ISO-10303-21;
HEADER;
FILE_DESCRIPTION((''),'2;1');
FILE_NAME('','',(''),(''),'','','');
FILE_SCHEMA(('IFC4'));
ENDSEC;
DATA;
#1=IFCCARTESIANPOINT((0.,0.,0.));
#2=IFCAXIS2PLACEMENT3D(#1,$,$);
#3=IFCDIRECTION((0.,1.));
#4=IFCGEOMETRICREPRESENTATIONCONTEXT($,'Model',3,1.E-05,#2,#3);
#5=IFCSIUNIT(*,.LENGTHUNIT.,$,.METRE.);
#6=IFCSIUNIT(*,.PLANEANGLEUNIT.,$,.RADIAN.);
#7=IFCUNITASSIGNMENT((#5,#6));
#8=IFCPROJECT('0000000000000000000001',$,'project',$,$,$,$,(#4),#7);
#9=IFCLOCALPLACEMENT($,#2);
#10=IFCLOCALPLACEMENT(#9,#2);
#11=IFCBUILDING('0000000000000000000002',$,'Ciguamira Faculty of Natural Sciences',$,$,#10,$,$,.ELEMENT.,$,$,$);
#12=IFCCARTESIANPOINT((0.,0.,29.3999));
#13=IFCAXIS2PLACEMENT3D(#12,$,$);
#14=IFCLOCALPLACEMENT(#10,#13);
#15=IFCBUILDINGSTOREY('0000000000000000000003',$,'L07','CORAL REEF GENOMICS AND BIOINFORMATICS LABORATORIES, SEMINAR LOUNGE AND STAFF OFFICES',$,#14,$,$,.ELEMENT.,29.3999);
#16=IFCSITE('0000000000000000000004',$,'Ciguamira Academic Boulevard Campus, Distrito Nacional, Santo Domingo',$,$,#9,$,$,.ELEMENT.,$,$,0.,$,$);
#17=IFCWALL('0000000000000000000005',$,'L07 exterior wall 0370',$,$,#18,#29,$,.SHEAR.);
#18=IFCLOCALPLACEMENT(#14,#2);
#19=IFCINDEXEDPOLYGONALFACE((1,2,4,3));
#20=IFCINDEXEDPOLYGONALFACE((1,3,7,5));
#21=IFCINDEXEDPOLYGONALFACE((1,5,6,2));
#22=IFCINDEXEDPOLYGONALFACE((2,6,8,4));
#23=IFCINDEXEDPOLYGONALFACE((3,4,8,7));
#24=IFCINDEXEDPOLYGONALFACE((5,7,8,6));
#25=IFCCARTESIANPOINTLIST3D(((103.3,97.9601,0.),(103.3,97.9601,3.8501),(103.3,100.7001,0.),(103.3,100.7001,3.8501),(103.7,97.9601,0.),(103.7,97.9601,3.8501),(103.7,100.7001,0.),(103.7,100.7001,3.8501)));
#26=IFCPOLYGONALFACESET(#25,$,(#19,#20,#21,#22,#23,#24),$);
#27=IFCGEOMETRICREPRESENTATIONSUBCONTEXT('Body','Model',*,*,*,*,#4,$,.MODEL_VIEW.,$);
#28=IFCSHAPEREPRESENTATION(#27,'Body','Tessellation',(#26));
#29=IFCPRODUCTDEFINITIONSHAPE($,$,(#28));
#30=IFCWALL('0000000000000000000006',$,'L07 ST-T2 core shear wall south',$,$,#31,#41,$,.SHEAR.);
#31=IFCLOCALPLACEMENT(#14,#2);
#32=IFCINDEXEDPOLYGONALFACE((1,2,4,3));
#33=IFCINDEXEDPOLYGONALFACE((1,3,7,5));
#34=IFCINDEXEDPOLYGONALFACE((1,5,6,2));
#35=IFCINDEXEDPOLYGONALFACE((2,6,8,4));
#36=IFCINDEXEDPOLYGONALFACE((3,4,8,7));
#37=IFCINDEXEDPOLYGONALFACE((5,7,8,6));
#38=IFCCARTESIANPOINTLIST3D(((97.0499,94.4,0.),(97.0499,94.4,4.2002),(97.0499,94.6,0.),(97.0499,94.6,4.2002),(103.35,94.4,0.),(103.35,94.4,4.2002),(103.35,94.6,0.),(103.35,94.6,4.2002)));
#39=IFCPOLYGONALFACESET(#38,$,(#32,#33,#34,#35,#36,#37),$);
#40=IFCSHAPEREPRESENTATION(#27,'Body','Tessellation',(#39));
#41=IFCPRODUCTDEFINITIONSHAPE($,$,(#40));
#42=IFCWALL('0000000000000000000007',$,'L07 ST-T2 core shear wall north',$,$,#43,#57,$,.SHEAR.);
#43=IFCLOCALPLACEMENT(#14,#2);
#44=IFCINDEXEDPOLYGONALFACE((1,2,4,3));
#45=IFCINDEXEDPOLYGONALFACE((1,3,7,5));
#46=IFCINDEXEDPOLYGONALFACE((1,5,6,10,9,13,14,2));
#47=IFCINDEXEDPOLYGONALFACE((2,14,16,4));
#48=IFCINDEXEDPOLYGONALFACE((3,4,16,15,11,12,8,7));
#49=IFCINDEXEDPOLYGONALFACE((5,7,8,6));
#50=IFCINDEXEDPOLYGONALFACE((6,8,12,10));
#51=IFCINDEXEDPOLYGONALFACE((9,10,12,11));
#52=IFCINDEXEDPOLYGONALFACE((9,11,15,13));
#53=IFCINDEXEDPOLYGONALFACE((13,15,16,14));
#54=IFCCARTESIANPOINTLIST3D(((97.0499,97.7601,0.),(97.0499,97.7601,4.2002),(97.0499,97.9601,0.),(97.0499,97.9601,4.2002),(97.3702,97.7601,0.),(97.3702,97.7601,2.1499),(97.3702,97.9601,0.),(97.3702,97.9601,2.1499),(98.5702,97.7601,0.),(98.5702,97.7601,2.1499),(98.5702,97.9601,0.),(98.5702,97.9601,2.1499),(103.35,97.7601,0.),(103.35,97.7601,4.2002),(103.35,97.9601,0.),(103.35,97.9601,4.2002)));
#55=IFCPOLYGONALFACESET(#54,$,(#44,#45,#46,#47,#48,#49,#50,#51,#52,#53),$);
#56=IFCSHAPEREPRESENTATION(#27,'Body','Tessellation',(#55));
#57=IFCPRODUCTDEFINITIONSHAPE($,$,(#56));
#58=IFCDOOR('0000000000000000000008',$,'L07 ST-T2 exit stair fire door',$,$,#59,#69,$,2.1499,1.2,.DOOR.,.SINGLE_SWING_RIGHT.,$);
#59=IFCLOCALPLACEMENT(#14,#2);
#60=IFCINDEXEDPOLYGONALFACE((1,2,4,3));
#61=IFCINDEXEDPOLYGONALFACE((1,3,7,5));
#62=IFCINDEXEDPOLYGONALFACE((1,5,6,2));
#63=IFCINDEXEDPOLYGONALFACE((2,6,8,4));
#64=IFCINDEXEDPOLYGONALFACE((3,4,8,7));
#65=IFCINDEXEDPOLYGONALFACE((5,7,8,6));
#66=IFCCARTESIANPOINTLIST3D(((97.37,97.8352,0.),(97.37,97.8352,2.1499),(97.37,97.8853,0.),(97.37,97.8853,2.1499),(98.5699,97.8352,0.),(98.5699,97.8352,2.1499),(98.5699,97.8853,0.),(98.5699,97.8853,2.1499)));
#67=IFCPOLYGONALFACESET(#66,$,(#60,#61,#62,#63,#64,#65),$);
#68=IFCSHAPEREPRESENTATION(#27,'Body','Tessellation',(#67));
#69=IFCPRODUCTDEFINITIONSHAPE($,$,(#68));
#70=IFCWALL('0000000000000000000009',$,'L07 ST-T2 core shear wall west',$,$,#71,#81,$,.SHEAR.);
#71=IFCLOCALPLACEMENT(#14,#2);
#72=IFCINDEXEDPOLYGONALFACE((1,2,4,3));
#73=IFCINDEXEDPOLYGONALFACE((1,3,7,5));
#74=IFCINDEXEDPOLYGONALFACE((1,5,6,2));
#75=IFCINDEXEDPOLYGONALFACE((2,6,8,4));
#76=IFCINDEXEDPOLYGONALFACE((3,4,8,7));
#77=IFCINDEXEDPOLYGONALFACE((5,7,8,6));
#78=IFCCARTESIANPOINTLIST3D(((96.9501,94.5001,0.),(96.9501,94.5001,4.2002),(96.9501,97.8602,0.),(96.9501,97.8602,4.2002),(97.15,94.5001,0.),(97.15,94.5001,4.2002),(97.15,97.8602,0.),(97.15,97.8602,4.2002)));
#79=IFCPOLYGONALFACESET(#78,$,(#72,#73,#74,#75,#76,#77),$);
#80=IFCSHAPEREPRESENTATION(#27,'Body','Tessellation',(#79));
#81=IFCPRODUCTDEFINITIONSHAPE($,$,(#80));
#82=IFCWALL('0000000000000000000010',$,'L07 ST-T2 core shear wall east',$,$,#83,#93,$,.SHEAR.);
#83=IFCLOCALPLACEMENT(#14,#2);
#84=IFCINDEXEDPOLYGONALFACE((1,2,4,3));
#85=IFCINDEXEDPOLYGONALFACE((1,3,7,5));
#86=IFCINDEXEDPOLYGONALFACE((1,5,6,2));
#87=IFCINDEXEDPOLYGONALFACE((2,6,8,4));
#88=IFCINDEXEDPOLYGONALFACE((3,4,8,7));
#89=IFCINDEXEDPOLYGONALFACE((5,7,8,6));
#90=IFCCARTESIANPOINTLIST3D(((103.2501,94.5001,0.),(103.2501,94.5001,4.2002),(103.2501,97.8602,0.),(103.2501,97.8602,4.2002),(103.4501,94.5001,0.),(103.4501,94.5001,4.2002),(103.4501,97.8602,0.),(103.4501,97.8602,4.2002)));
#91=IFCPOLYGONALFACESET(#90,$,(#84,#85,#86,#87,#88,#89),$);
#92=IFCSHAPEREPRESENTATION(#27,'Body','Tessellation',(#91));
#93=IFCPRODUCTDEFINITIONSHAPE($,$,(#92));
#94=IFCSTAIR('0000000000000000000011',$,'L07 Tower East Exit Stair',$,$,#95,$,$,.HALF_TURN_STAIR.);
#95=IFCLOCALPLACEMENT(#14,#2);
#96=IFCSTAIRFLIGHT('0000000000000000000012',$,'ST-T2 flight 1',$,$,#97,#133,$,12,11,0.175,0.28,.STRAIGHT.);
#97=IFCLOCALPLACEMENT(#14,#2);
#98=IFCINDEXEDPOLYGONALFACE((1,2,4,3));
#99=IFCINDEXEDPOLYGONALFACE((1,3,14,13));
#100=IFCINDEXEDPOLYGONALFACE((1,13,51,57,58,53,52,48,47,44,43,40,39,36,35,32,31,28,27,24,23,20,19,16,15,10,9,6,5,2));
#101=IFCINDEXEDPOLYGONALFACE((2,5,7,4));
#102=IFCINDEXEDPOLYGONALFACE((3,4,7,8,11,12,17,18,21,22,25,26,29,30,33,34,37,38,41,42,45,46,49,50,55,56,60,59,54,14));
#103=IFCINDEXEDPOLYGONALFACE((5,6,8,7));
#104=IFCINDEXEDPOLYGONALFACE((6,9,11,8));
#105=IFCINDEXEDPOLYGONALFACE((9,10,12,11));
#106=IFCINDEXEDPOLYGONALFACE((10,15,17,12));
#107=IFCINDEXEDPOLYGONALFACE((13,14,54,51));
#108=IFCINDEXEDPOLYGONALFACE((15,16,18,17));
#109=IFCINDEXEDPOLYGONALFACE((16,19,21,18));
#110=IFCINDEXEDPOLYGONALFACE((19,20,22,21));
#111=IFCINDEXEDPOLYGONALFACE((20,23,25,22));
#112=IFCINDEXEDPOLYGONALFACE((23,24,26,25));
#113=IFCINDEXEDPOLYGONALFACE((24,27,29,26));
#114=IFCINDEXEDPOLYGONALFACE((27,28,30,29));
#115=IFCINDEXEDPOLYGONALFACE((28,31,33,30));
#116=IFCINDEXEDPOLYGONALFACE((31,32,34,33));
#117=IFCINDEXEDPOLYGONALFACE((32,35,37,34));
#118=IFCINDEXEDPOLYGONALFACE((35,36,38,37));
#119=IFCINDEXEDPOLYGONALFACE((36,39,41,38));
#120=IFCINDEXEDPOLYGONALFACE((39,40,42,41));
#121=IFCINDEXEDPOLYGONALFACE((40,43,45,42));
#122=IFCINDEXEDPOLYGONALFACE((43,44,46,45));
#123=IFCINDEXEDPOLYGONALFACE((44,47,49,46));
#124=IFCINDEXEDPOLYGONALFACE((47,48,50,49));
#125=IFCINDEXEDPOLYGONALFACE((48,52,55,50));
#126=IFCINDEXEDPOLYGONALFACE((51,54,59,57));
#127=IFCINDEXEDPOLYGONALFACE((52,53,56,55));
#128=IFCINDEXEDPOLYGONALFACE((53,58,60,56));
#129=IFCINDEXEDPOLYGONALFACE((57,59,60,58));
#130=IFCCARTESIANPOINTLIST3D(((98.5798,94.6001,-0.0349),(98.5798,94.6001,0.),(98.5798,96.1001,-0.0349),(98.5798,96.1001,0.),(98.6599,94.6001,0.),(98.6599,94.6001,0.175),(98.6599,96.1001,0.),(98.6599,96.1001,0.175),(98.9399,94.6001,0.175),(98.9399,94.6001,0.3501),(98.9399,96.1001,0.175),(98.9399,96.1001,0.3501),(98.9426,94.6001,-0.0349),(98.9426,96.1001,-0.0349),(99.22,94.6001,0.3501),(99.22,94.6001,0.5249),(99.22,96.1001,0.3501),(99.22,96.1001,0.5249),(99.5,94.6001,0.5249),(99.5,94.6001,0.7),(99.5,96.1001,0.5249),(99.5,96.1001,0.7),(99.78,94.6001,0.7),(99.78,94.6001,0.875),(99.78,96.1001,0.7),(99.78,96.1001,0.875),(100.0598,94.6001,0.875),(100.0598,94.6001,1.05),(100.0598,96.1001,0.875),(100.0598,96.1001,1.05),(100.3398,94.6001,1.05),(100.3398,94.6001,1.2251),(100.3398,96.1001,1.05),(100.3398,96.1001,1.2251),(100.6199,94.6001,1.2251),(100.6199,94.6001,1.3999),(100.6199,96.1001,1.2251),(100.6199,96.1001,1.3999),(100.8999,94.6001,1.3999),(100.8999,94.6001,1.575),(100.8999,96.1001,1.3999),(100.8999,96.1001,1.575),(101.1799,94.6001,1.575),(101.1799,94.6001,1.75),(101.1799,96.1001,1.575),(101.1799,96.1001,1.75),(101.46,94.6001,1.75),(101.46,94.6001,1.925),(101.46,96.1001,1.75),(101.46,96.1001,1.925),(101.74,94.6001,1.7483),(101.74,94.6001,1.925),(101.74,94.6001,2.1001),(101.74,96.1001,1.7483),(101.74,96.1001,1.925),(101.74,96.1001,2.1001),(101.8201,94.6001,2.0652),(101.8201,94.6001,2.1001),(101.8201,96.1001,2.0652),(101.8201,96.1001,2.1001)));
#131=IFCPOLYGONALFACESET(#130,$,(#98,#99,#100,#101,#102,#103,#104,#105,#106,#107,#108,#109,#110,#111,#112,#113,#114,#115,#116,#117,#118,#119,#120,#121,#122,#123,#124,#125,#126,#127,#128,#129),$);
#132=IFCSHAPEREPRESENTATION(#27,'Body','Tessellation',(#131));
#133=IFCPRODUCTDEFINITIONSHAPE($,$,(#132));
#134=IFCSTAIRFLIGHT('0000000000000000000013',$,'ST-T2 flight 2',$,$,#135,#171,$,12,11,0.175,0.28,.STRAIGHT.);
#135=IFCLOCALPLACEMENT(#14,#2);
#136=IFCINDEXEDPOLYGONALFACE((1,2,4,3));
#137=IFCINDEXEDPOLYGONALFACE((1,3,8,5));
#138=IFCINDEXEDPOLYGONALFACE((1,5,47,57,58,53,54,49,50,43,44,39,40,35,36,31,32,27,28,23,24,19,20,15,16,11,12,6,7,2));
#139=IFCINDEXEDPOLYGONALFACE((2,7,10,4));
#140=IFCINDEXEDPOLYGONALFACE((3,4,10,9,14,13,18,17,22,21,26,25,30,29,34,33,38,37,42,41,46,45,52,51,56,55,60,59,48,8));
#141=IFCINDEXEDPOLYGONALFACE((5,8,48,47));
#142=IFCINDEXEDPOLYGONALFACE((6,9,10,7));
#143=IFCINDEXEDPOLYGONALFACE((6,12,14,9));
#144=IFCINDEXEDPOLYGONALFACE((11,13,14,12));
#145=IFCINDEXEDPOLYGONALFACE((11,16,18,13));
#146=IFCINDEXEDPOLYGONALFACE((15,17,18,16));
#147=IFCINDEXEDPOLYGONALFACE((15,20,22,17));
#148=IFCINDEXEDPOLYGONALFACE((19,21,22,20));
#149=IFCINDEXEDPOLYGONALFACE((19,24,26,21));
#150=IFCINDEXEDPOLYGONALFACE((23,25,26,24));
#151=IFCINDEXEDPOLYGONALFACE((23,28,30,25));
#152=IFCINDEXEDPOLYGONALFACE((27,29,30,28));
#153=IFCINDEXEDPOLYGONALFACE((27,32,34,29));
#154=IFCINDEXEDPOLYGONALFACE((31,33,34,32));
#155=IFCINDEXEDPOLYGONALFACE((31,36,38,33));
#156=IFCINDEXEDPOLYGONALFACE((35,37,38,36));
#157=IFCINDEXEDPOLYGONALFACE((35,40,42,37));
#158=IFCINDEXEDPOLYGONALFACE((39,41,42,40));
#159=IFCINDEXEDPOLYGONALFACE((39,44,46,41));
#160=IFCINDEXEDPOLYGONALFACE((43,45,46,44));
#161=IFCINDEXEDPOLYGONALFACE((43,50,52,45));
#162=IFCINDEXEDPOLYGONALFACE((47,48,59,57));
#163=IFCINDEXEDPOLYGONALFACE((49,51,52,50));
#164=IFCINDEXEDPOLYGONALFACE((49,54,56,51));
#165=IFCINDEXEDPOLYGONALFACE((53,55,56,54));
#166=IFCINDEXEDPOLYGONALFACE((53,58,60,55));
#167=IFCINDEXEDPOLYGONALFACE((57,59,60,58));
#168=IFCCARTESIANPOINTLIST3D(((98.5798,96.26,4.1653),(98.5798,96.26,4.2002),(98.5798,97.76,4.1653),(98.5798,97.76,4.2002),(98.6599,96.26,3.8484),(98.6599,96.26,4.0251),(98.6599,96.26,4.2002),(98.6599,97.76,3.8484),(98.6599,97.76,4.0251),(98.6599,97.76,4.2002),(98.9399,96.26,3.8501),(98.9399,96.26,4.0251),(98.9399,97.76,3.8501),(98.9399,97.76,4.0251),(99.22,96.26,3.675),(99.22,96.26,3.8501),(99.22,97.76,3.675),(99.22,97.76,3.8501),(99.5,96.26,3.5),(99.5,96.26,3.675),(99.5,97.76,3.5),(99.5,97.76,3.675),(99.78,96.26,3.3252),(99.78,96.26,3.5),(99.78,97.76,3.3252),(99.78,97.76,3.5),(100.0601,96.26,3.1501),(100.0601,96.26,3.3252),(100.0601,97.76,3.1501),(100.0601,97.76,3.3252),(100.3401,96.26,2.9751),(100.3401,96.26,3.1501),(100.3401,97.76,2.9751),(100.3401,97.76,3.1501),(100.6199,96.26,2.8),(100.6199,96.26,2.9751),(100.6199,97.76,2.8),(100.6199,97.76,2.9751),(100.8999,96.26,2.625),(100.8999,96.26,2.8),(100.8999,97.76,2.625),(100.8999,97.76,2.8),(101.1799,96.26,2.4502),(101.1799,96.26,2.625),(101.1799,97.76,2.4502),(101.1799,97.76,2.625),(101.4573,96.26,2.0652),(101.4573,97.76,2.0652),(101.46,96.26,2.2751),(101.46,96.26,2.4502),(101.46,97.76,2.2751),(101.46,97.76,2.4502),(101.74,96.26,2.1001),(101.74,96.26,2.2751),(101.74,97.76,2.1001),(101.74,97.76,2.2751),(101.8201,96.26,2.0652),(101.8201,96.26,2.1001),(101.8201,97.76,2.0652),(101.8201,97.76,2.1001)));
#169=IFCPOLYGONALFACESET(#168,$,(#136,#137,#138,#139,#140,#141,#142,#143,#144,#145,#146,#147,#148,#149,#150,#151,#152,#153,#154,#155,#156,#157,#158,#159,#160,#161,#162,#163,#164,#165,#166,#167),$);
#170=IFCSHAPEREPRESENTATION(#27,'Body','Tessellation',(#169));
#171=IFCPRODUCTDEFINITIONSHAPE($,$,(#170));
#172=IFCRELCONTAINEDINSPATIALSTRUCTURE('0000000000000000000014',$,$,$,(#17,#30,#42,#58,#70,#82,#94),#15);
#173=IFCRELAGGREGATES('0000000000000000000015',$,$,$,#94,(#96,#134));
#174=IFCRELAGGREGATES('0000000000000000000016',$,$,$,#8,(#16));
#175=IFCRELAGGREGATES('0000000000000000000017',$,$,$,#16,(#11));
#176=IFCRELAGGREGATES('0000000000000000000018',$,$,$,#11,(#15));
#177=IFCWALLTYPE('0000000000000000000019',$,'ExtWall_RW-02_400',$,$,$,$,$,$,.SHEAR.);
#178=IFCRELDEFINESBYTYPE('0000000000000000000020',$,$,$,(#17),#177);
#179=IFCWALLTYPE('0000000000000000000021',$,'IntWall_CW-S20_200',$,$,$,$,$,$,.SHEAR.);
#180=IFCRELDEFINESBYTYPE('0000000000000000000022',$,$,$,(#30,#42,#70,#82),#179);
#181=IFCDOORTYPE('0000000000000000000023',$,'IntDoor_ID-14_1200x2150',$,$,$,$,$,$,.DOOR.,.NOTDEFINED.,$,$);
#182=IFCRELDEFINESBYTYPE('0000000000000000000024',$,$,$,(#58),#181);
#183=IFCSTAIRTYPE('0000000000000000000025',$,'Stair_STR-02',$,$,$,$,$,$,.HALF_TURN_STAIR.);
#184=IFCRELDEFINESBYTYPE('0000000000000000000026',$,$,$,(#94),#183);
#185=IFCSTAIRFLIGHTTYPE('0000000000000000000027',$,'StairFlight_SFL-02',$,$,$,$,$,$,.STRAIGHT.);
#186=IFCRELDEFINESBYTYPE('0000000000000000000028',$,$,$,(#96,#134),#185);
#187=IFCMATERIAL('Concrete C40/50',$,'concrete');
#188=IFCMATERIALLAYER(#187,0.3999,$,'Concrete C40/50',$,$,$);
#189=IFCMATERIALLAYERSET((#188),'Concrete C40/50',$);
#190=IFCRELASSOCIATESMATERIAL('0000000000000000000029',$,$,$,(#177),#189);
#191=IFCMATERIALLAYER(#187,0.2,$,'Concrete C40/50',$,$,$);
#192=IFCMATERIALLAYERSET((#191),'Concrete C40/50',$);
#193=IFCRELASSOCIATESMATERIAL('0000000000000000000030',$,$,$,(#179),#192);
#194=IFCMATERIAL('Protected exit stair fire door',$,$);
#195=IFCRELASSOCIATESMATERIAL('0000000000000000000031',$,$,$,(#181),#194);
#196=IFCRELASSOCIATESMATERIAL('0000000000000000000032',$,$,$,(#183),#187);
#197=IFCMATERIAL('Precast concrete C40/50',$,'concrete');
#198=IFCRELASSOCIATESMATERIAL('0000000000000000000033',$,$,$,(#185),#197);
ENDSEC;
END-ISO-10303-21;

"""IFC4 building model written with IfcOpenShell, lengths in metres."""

from ifc_helpers import new_model, si_unit, direction, frame, frame_2d, origin, place, context, subcontext, project, spatial, polyline, rectangle, outline, extrude, material, layer, layer_set, type_object, element, fill, aggregate, save


model = new_model("IFC4")

# Units and contexts
model_context = context("Model", 3, precision=1e-05, world=origin(), true_north=direction((0.0, 1.0)))
body_context = subcontext(model_context, "Body", "Model", "MODEL_VIEW")
ifc_project = project(units=[si_unit("LENGTHUNIT", "METRE"), si_unit("PLANEANGLEUNIT", "RADIAN")], contexts=[model_context])

# Site, building, storey
site_placement = place(None, origin())
site = spatial("IfcSite", under=ifc_project, at=site_placement, Name="Ciguamira Academic Boulevard Campus, Distrito Nacional, Santo Domingo", CompositionType="ELEMENT", RefElevation=0.0)
building_placement = place(site_placement, origin())
building = spatial("IfcBuilding", under=site, at=building_placement, Name="Ciguamira Faculty of Natural Sciences", CompositionType="ELEMENT")
storey_placement = place(building_placement, frame((0.0, 0.0, 29.3999)))
storey = spatial("IfcBuildingStorey", under=building, at=storey_placement, Name="L07", Description="CORAL REEF GENOMICS AND BIOINFORMATICS LABORATORIES, SEMINAR LOUNGE AND STAFF OFFICES", CompositionType="ELEMENT", Elevation=29.3999)

# Shared definitions
ifc_material_1 = material(Name="Concrete C40/50", Category="concrete")

# Shared definitions
ifc_material_2 = material(Name="Precast concrete C40/50", Category="concrete")

# Walls
ifc_layer_1 = layer(ifc_material_1, 0.3999, Name="Concrete C40/50")
ifc_layer_set_1 = layer_set([ifc_layer_1], Name="Concrete C40/50")
wall_type_1 = type_object("IfcWallType", Name="ExtWall_RW-02_400", PredefinedType="SHEAR", material=ifc_layer_set_1)
wall_1_placement = place(storey_placement, frame((103.5, 97.96, 0.0), z_axis=(0.0, 0.0, 1.0), x_axis=(0.0, 1.0, 0.0)))
element("IfcWall", 1, at=wall_1_placement, inside=storey, type_object=wall_type_1, Name="L07 exterior wall 0370", PredefinedType="SHEAR", context=body_context, shape_type="SweptSolid", body=[
    extrude(rectangle(XDim=2.74, YDim=0.3999, at=frame_2d((1.3701, 0.0))), origin(), (0.0, 0.0, 1.0), 3.8501),
])
ifc_layer_2 = layer(ifc_material_1, 0.2, Name="Concrete C40/50")
ifc_layer_set_2 = layer_set([ifc_layer_2], Name="Concrete C40/50")
wall_type_2 = type_object("IfcWallType", Name="IntWall_CW-S20_200", PredefinedType="SHEAR", material=ifc_layer_set_2)
wall_2_placement = place(storey_placement, frame((97.05, 94.5, 0.0), z_axis=(0.0, 0.0, 1.0), x_axis=(1.0, 0.0, 0.0)))
element("IfcWall", 2, at=wall_2_placement, inside=storey, type_object=wall_type_2, Name="L07 ST-T2 core shear wall south", PredefinedType="SHEAR", context=body_context, shape_type="SweptSolid", body=[
    extrude(rectangle(XDim=6.3, YDim=0.2, at=frame_2d((3.1499, 0.0))), origin(), (0.0, 0.0, 1.0), 4.2002),
])

# Wall, opening, door
wall_3_placement = place(storey_placement, frame((97.05, 97.8601, 0.0), z_axis=(0.0, 0.0, 1.0), x_axis=(1.0, 0.0, 0.0)))
wall_3 = element("IfcWall", 3, at=wall_3_placement, inside=storey, type_object=wall_type_2, Name="L07 ST-T2 core shear wall north", PredefinedType="SHEAR", context=body_context, shape_type="SweptSolid", body=[
    extrude(rectangle(XDim=6.3, YDim=0.2, at=frame_2d((3.1499, 0.0))), origin(), (0.0, 0.0, 1.0), 4.2002),
])
opening_1_placement = place(wall_3_placement, frame((0.3201, 0.0, 0.0)))
opening_1 = element("IfcOpeningElement", 4, at=opening_1_placement, cuts=wall_3, PredefinedType="OPENING", context=body_context, shape_type="SweptSolid", body=[
    extrude(rectangle(XDim=1.2, YDim=2.1499, at=frame_2d((0.6001, 1.075))), frame((0.0, 0.1099, 0.0), z_axis=(0.0, -1.0, 0.0), x_axis=(1.0, 0.0, 0.0)), (0.0, 0.0, 1.0), 0.22),
])
ifc_material_3 = material(Name="Protected exit stair fire door")
door_type = type_object("IfcDoorType", Name="IntDoor_ID-14_1200x2150", OperationType="NOTDEFINED", PredefinedType="DOOR", material=ifc_material_3)
door_placement = place(opening_1_placement, frame((1.2, 0.0, 0.0), z_axis=(0.0, 0.0, 1.0), x_axis=(-1.0, 0.0, 0.0)))
door = element("IfcDoor", 5, at=door_placement, inside=storey, type_object=door_type, Name="L07 ST-T2 exit stair fire door", OperationType="SINGLE_SWING_RIGHT", OverallHeight=2.1499, OverallWidth=1.2, PredefinedType="DOOR", context=body_context, shape_type="SweptSolid", body=[
    extrude(rectangle(XDim=1.2, YDim=2.1499, at=frame_2d((0.6001, 1.075))), frame((0.0, 0.0249, 0.0), z_axis=(0.0, -1.0, 0.0), x_axis=(1.0, 0.0, 0.0)), (0.0, 0.0, 1.0), 0.05),
])
fill(opening_1, door)

# Walls
for number, where, z_axis, x_axis, name in (
    (6, (97.05, 94.5, 0.0), (0.0, 0.0, 1.0), (0.0, 1.0, 0.0), "L07 ST-T2 core shear wall west"),
    (7, (103.3501, 94.5, 0.0), (0.0, 0.0, 1.0), (0.0, 1.0, 0.0), "L07 ST-T2 core shear wall east"),
):
    element("IfcWall", number, at=place(storey_placement, frame(where, z_axis=z_axis, x_axis=x_axis)), inside=storey, type_object=wall_type_2, Name=name, PredefinedType="SHEAR", context=body_context, shape_type="SweptSolid", body=[
        extrude(rectangle(XDim=3.3601, YDim=0.2, at=frame_2d((1.6802, 0.0))), origin(), (0.0, 0.0, 1.0), 4.2002),
    ])

# Stair, stair flights
stair_type = type_object("IfcStairType", Name="Stair_STR-02", PredefinedType="HALF_TURN_STAIR", material=ifc_material_1)
stair_placement = place(storey_placement, origin())
stair = element("IfcStair", 8, at=stair_placement, inside=storey, type_object=stair_type, Name="L07 Tower East Exit Stair", PredefinedType="HALF_TURN_STAIR")
stair_flight_type = type_object("IfcStairFlightType", Name="StairFlight_SFL-02", PredefinedType="STRAIGHT", material=ifc_material_2)
stair_flight_1_placement = place(storey_placement, frame((98.6599, 95.3501, 0.0), z_axis=(0.0, 0.0, 1.0), x_axis=(1.0, 0.0, 0.0)))
stair_flight_1 = element("IfcStairFlight", 9, at=stair_flight_1_placement, type_object=stair_flight_type, Name="ST-T2 flight 1", NumberOfRisers=12, NumberOfTreads=11, PredefinedType="STRAIGHT", RiserHeight=0.175, TreadLength=0.28, context=body_context, shape_type="SweptSolid", body=[
    extrude(outline(polyline([(-0.0801, -0.0349), (-0.0801, 0.0), (0.0, 0.0), (0.0, 0.175), (0.28, 0.175), (0.28, 0.3501), (0.5601, 0.3501), (0.5601, 0.5249), (0.8401, 0.5249), (0.8401, 0.7), (1.1201, 0.7), (1.1201, 0.875), (1.3999, 0.875), (1.3999, 1.05), (1.6799, 1.05), (1.6799, 1.2251), (1.96, 1.2251), (1.96, 1.3999), (2.24, 1.3999), (2.24, 1.575), (2.52, 1.575), (2.52, 1.75), (2.8, 1.75), (2.8, 1.925), (3.0801, 1.925), (3.0801, 2.1001), (3.1602, 2.1001), (3.1602, 2.0652), (3.0801, 1.7483), (0.2827, -0.0349), (-0.0801, -0.0349)])), frame((0.0, 0.75, 0.0), z_axis=(0.0, -1.0, 0.0), x_axis=(1.0, 0.0, 0.0)), (0.0, 0.0, 1.0), 1.5),
])
stair_flight_2_placement = place(storey_placement, frame((101.74, 97.01, 2.1001), z_axis=(0.0, 0.0, 1.0), x_axis=(-1.0, 0.0, 0.0)))
stair_flight_2 = element("IfcStairFlight", 10, at=stair_flight_2_placement, type_object=stair_flight_type, Name="ST-T2 flight 2", NumberOfRisers=12, NumberOfTreads=11, PredefinedType="STRAIGHT", RiserHeight=0.175, TreadLength=0.28, context=body_context, shape_type="SweptSolid", body=[
    extrude(outline(polyline([(-0.0801, -0.0349), (-0.0801, 0.0), (0.0, 0.0), (0.0, 0.175), (0.28, 0.175), (0.28, 0.3501), (0.5601, 0.3501), (0.5601, 0.5249), (0.8401, 0.5249), (0.8401, 0.7), (1.1201, 0.7), (1.1201, 0.875), (1.3999, 0.875), (1.3999, 1.05), (1.6799, 1.05), (1.6799, 1.2251), (1.96, 1.2251), (1.96, 1.3999), (2.24, 1.3999), (2.24, 1.575), (2.52, 1.575), (2.52, 1.75), (2.8, 1.75), (2.8, 1.925), (3.0801, 1.925), (3.0801, 2.1001), (3.1602, 2.1001), (3.1602, 2.0652), (3.0801, 1.7483), (0.2827, -0.0349), (-0.0801, -0.0349)])), frame((0.0, 0.75, 0.0), z_axis=(0.0, -1.0, 0.0), x_axis=(1.0, 0.0, 0.0)), (0.0, 0.0, 1.0), 1.5),
])
aggregate(stair, [stair_flight_1, stair_flight_2])

save(model, "model.ifc")
